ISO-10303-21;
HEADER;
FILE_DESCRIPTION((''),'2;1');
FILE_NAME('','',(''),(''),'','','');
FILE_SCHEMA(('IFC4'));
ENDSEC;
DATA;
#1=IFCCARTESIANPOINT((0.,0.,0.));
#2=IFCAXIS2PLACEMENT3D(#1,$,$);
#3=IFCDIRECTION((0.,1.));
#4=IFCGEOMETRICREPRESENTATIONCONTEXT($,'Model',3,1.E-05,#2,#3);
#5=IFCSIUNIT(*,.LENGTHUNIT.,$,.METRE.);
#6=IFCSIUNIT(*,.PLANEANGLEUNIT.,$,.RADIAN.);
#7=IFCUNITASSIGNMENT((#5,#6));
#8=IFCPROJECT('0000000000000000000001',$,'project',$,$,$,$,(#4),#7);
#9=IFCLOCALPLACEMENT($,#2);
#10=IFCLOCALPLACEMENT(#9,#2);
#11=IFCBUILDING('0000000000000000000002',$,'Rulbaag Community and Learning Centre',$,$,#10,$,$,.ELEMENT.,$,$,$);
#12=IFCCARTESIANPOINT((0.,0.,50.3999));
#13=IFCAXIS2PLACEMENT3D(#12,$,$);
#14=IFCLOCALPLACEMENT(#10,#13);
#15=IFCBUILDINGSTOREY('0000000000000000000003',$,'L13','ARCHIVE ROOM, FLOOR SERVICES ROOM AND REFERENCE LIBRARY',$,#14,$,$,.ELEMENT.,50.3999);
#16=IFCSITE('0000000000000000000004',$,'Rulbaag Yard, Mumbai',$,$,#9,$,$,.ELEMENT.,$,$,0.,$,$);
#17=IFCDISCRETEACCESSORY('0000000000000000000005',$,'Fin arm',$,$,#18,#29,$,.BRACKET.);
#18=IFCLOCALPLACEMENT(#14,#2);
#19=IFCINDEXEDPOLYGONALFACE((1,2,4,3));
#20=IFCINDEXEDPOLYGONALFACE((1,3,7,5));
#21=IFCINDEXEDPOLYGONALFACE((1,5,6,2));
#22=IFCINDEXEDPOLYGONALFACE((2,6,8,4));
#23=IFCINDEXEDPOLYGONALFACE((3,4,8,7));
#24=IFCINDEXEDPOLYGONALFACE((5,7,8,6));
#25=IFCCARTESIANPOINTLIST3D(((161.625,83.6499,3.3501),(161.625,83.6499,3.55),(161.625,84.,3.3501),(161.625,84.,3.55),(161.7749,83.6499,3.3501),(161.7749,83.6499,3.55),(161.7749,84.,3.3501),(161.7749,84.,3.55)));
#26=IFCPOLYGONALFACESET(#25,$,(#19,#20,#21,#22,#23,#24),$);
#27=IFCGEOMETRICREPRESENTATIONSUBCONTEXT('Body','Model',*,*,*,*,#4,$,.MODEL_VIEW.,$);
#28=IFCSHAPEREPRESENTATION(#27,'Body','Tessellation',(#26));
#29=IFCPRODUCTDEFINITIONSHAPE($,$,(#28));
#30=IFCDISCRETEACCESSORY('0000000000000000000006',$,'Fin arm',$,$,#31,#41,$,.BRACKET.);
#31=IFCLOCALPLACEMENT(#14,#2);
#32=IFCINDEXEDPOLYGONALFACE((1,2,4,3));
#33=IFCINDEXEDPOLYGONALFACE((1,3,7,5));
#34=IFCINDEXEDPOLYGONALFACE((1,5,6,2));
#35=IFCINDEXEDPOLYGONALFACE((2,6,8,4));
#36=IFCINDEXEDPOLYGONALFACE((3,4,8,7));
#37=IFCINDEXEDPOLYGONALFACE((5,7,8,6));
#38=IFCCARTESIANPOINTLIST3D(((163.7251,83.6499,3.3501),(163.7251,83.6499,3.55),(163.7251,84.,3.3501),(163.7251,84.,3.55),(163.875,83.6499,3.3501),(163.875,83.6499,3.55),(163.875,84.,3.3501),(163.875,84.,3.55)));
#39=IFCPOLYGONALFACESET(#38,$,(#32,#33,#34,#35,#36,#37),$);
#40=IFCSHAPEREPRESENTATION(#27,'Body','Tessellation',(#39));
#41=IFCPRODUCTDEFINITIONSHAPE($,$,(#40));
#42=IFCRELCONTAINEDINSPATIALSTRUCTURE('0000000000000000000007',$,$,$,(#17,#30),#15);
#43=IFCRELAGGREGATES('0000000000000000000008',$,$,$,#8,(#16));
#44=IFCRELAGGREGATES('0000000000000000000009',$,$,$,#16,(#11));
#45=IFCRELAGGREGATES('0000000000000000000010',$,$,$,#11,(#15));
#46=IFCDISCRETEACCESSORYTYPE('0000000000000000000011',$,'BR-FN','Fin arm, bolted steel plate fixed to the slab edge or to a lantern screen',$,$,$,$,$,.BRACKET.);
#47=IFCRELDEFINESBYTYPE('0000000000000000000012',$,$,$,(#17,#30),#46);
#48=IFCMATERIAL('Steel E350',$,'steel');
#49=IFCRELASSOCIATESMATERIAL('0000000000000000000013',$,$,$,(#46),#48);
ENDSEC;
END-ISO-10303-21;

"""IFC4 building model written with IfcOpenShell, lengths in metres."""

from ifc_helpers import new_model, si_unit, direction, frame, origin, origin_2d, place, context, subcontext, project, spatial, rectangle, extrude, material, type_object, element, save


model = new_model("IFC4")

# Units and contexts
model_context = context("Model", 3, precision=1e-05, world=origin(), true_north=direction((0.0, 1.0)))
body_context = subcontext(model_context, "Body", "Model", "MODEL_VIEW")
ifc_project = project(units=[si_unit("LENGTHUNIT", "METRE"), si_unit("PLANEANGLEUNIT", "RADIAN")], contexts=[model_context])

# Site, building, storey
site_placement = place(None, origin())
site = spatial("IfcSite", under=ifc_project, at=site_placement, Name="Rulbaag Yard, Mumbai", CompositionType="ELEMENT", RefElevation=0.0)
building_placement = place(site_placement, origin())
building = spatial("IfcBuilding", under=site, at=building_placement, Name="Rulbaag Community and Learning Centre", CompositionType="ELEMENT")
storey_placement = place(building_placement, frame((0.0, 0.0, 50.3999)))
storey = spatial("IfcBuildingStorey", under=building, at=storey_placement, Name="L13", Description="ARCHIVE ROOM, FLOOR SERVICES ROOM AND REFERENCE LIBRARY", CompositionType="ELEMENT", Elevation=50.3999)

# Discrete accessories
ifc_material_1 = material(Name="Steel E350", Category="steel")
discrete_accessory_type = type_object("IfcDiscreteAccessoryType", Name="BR-FN", Description="Fin arm, bolted steel plate fixed to the slab edge or to a lantern screen", PredefinedType="BRACKET", material=ifc_material_1)
for number, where, z_axis, x_axis, name in (
    (1, (161.7, 83.825, 3.3501), (0.0, 0.0, 1.0), (1.0, 0.0, 0.0), "Fin arm"),
    (2, (163.8, 83.825, 3.3501), (0.0, 0.0, 1.0), (1.0, 0.0, 0.0), "Fin arm"),
):
    element("IfcDiscreteAccessory", number, at=place(storey_placement, frame(where, z_axis=z_axis, x_axis=x_axis)), inside=storey, type_object=discrete_accessory_type, Name=name, PredefinedType="BRACKET", context=body_context, shape_type="SweptSolid", body=[
        extrude(rectangle(XDim=0.1499, YDim=0.3501, at=origin_2d()), origin(), (0.0, 0.0, 1.0), 0.2),
    ])

save(model, "model.ifc")
